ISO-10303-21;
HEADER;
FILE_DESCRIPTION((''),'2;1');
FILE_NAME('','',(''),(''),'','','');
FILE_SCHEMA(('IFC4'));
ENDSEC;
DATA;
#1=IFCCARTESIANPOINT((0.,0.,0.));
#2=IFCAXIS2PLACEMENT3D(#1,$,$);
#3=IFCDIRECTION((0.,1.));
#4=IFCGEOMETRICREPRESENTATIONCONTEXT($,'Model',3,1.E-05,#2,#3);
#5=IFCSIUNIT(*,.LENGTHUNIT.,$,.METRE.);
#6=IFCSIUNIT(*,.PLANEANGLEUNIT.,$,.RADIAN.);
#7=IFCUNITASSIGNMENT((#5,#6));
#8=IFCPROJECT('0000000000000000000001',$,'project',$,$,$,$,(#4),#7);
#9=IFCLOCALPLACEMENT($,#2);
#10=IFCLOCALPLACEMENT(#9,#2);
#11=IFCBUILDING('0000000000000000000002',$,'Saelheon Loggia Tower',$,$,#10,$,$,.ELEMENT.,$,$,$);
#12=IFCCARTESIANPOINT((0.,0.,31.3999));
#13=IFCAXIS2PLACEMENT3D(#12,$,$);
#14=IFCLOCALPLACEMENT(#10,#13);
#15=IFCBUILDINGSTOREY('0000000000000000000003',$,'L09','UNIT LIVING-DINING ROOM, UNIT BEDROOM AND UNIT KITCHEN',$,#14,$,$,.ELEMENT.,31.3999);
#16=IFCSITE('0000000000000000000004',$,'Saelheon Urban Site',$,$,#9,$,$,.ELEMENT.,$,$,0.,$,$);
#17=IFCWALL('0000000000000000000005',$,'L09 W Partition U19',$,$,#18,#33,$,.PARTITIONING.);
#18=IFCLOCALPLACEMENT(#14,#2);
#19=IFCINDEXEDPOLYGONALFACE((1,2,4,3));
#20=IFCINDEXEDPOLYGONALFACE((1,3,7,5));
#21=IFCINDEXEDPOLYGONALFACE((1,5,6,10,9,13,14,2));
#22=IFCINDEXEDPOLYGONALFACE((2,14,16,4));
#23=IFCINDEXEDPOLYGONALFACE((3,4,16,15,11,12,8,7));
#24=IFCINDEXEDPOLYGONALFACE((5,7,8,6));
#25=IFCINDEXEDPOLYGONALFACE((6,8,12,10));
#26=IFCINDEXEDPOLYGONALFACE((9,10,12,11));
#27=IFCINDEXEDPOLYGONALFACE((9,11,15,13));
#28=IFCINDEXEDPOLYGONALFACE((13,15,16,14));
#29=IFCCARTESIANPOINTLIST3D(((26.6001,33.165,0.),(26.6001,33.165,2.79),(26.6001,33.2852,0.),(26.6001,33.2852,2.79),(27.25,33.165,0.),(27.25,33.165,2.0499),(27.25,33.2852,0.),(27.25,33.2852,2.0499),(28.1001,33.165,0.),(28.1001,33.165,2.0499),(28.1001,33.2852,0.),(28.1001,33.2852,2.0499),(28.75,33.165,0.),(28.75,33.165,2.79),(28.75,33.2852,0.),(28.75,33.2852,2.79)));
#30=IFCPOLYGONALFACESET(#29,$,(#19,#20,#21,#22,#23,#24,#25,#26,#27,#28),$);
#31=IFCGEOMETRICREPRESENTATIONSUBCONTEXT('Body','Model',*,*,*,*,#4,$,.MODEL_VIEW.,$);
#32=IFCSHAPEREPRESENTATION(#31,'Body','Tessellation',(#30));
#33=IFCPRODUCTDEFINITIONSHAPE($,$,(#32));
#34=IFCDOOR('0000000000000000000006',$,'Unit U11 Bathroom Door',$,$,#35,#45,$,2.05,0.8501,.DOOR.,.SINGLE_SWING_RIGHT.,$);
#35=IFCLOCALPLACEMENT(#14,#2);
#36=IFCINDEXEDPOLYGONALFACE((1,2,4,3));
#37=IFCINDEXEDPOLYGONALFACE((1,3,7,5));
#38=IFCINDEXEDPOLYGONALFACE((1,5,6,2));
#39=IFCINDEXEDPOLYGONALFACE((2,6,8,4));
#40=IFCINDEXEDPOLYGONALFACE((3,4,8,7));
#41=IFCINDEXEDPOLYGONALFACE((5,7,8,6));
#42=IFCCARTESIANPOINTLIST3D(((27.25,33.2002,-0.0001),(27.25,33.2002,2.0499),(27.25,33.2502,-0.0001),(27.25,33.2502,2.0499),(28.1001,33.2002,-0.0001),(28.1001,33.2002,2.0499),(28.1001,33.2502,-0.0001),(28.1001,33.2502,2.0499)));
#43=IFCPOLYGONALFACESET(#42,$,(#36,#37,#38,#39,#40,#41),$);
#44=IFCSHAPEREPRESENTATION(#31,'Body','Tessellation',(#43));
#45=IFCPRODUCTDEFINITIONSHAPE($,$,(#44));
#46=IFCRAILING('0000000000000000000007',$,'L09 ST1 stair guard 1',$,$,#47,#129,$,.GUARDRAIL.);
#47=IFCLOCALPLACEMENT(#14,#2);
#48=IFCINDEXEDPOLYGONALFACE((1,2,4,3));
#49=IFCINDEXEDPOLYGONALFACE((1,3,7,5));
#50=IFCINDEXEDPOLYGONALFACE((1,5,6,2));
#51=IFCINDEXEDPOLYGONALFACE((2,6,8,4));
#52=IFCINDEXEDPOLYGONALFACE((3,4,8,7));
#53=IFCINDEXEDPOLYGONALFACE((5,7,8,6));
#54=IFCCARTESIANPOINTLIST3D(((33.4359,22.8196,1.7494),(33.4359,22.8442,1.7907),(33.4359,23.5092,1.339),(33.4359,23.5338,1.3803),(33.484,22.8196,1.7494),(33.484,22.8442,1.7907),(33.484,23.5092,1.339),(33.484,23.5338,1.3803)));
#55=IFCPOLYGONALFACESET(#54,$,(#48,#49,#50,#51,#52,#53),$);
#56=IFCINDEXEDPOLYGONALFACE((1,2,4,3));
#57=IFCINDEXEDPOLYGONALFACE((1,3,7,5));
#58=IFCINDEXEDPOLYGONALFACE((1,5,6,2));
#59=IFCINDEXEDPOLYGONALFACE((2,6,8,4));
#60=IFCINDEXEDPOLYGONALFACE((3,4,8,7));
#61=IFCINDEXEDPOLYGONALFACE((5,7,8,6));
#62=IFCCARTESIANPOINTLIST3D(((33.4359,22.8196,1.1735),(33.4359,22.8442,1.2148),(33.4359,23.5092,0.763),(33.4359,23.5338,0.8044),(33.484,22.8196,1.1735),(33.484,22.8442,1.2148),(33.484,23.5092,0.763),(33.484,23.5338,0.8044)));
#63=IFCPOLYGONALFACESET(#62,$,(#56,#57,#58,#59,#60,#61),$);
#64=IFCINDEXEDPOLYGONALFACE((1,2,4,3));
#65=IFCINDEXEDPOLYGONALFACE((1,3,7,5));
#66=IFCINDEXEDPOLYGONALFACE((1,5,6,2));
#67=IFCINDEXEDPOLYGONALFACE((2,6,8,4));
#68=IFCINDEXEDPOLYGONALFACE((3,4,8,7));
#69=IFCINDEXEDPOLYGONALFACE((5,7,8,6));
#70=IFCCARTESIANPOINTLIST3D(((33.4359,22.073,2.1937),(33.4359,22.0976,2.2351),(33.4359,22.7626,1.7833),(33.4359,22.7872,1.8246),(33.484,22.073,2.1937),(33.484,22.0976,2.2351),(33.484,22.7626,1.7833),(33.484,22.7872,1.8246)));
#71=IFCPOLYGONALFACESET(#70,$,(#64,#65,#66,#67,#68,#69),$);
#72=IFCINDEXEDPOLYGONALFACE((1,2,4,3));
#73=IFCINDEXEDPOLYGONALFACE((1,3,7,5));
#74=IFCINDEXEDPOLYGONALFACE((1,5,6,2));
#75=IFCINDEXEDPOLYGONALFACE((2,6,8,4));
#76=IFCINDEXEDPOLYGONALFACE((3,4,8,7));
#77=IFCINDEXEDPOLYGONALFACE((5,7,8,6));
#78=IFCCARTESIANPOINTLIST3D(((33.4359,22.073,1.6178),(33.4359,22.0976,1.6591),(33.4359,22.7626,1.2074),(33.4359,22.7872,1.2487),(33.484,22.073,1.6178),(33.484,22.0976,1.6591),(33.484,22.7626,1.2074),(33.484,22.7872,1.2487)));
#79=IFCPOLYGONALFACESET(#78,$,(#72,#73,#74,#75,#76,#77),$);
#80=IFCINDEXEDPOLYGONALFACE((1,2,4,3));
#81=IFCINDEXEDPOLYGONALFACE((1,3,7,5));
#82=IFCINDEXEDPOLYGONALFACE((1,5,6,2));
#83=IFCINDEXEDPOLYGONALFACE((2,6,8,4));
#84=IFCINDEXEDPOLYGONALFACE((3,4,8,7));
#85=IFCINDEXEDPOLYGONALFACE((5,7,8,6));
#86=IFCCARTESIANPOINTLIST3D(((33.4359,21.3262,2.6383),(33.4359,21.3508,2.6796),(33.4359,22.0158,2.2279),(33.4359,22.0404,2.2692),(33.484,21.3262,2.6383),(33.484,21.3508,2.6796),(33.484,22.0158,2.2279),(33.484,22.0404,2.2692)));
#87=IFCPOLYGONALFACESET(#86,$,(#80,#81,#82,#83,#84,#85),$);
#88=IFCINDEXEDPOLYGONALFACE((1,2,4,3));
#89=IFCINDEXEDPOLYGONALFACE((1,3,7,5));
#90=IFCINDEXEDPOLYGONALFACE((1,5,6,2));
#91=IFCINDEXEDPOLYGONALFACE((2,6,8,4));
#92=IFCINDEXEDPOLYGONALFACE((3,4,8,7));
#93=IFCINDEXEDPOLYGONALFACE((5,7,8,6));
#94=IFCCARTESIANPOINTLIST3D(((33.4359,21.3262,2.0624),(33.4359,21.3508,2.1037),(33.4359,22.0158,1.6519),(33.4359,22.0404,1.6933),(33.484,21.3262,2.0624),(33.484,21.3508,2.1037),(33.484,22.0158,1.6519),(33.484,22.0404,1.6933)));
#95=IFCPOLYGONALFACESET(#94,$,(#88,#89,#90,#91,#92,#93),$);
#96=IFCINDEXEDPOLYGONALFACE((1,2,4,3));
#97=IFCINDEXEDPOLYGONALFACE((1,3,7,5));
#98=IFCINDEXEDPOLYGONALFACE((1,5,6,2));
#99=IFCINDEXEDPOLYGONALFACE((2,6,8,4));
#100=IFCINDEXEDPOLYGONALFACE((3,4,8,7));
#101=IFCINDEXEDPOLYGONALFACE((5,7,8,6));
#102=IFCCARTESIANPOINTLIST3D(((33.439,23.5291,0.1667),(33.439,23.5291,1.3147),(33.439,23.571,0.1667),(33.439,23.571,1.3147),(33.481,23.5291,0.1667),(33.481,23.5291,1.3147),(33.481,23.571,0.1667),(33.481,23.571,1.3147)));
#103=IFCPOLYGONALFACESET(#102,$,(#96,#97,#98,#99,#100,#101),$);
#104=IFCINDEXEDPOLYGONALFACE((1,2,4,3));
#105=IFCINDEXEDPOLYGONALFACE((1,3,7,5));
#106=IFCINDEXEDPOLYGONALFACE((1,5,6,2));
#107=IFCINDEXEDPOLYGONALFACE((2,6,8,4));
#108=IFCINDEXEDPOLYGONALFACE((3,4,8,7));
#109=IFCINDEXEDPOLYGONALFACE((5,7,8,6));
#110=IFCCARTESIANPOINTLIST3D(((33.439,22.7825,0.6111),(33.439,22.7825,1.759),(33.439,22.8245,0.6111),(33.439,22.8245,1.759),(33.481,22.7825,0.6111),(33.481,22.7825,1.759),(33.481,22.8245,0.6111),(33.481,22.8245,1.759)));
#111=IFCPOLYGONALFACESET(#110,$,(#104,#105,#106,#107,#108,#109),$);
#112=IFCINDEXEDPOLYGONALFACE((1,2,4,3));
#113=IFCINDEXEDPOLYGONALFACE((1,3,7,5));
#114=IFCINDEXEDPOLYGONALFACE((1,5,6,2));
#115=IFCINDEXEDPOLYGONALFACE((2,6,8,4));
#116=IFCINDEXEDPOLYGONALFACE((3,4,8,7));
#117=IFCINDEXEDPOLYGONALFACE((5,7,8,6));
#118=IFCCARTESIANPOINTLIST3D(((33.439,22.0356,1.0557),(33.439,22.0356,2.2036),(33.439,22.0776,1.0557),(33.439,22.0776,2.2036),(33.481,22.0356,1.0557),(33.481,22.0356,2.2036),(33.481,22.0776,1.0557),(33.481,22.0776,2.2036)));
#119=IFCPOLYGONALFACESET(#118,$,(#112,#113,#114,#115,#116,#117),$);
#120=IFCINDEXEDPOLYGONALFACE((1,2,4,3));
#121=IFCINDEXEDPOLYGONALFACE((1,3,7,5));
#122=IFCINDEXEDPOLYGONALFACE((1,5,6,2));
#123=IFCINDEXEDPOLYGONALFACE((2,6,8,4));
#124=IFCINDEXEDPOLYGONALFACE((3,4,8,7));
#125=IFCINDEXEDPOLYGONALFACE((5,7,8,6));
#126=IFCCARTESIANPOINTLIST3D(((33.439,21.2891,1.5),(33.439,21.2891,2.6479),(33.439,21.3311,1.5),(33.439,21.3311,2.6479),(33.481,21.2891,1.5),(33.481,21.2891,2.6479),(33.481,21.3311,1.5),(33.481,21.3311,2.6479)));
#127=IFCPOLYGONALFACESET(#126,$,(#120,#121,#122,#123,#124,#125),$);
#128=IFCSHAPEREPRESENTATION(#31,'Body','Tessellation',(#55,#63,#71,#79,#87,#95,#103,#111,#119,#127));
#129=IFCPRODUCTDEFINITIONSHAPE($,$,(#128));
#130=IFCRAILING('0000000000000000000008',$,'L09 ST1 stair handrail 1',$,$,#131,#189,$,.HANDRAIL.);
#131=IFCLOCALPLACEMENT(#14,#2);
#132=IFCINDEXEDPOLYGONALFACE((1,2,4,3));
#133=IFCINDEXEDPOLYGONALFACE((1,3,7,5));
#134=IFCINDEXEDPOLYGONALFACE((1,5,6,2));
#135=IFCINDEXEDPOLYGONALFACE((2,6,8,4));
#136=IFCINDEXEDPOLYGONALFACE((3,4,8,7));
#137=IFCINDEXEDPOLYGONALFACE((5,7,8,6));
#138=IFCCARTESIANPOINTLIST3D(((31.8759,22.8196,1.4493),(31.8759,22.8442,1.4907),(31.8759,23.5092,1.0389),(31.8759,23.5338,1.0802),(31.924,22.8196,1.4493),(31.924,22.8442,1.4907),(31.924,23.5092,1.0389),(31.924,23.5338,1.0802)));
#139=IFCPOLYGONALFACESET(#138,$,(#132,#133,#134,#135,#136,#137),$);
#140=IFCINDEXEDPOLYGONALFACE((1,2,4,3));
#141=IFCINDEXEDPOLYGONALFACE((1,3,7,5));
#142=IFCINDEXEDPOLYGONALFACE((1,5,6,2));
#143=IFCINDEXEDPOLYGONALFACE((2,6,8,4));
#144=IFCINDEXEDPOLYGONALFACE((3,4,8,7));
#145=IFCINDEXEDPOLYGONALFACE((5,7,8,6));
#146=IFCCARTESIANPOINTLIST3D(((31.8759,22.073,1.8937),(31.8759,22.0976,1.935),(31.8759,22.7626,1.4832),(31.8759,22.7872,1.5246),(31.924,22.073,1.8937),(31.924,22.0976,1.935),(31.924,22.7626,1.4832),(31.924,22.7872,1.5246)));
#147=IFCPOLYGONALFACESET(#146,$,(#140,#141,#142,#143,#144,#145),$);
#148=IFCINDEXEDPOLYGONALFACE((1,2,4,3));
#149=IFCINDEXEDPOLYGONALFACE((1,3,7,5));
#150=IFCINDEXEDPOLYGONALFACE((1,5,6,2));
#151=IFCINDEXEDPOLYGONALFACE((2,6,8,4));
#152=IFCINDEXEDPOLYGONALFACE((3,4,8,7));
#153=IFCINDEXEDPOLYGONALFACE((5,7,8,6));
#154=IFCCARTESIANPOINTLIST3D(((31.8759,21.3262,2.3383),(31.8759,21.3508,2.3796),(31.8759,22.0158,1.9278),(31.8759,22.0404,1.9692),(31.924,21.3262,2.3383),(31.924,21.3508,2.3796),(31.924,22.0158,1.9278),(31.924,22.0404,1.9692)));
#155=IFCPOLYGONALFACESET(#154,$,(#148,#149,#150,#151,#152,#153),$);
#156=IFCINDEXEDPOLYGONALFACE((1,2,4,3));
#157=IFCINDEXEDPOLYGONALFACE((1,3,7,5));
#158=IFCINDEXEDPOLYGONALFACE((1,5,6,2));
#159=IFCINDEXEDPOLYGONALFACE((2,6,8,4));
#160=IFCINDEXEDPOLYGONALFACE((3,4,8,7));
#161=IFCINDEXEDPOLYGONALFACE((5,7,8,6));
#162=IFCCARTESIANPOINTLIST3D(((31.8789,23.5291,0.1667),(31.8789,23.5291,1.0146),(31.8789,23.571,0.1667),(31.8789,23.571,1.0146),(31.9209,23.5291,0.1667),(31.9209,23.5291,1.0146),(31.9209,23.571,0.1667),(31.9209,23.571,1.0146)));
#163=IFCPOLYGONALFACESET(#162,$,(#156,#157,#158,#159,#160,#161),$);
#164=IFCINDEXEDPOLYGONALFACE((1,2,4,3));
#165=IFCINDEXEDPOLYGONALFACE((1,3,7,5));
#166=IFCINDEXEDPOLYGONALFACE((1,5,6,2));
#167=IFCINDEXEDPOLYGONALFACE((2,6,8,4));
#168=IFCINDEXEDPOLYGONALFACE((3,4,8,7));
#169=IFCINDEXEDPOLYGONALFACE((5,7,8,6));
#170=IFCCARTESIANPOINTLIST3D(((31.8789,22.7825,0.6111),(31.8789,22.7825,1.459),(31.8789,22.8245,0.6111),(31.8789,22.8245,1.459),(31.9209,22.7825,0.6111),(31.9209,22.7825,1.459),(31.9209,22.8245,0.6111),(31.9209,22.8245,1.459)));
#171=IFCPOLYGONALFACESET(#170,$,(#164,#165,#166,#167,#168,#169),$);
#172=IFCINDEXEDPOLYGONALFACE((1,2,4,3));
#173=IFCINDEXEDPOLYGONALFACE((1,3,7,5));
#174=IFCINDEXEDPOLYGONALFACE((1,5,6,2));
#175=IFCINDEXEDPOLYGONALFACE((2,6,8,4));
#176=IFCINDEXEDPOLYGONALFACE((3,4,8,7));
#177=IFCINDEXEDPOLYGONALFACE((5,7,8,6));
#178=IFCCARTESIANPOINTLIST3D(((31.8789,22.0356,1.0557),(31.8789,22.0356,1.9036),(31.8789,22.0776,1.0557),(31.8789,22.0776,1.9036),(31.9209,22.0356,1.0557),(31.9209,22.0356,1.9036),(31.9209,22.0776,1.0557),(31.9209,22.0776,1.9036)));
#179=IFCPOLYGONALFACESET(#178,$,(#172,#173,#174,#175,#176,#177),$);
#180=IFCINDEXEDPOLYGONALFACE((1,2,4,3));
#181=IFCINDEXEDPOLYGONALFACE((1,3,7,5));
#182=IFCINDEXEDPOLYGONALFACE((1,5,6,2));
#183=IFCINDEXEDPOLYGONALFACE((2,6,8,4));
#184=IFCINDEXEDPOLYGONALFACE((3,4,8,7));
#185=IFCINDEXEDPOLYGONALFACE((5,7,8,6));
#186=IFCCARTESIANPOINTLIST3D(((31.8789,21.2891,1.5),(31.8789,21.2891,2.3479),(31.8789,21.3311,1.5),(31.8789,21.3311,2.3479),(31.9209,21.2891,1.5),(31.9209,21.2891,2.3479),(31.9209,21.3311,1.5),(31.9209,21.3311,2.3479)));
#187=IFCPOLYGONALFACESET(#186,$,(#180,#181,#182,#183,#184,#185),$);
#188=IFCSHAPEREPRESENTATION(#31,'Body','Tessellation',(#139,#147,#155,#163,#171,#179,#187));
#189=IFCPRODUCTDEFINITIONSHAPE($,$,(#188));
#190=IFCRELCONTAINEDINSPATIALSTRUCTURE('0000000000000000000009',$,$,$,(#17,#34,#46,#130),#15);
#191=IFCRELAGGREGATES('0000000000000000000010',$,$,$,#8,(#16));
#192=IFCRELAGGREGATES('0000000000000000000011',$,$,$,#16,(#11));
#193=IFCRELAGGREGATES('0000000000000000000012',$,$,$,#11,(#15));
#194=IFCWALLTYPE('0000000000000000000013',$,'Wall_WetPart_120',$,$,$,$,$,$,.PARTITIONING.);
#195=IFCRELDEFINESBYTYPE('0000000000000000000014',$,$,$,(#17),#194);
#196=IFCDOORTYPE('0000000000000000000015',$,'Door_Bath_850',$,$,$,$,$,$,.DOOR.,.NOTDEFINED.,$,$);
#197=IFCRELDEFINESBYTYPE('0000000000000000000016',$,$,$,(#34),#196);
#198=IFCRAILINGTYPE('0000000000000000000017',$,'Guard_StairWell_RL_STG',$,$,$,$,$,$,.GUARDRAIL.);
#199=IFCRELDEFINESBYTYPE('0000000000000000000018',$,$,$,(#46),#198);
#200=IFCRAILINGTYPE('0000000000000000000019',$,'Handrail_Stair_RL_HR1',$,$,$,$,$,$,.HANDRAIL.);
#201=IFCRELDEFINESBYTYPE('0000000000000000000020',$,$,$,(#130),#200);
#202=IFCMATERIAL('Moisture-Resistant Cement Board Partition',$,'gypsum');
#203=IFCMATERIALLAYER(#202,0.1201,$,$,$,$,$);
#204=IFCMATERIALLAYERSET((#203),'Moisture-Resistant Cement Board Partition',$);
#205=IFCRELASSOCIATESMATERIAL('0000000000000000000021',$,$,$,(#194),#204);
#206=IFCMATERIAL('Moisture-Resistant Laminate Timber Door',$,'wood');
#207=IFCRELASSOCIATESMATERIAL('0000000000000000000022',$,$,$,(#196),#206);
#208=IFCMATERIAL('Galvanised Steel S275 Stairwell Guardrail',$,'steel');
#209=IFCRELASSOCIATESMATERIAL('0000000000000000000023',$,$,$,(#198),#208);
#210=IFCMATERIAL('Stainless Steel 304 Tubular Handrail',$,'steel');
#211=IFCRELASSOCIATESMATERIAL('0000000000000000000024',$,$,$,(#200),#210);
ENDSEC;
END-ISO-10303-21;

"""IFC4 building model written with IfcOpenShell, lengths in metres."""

from ifc_helpers import new_model, si_unit, direction, frame, frame_2d, origin, origin_2d, place, context, subcontext, project, spatial, rectangle, extrude, source, transform, mapped, material, layer, layer_set, type_object, element, fill, save


model = new_model("IFC4")

# Units and contexts
model_context = context("Model", 3, precision=1e-05, world=origin(), true_north=direction((0.0, 1.0)))
body_context = subcontext(model_context, "Body", "Model", "MODEL_VIEW")
ifc_project = project(units=[si_unit("LENGTHUNIT", "METRE"), si_unit("PLANEANGLEUNIT", "RADIAN")], contexts=[model_context])

# Site, building, storey
site_placement = place(None, origin())
site = spatial("IfcSite", under=ifc_project, at=site_placement, Name="Saelheon Urban Site", CompositionType="ELEMENT", RefElevation=0.0)
building_placement = place(site_placement, origin())
building = spatial("IfcBuilding", under=site, at=building_placement, Name="Saelheon Loggia Tower", CompositionType="ELEMENT")
storey_placement = place(building_placement, frame((0.0, 0.0, 31.3999)))
storey = spatial("IfcBuildingStorey", under=building, at=storey_placement, Name="L09", Description="UNIT LIVING-DINING ROOM, UNIT BEDROOM AND UNIT KITCHEN", CompositionType="ELEMENT", Elevation=31.3999)

# Wall, opening, door
ifc_material_1 = material(Name="Moisture-Resistant Cement Board Partition", Category="gypsum")
ifc_layer_1 = layer(ifc_material_1, 0.1201)
ifc_layer_set_1 = layer_set([ifc_layer_1], Name="Moisture-Resistant Cement Board Partition")
wall_type_1 = type_object("IfcWallType", Name="Wall_WetPart_120", PredefinedType="PARTITIONING", material=ifc_layer_set_1)
ifc_material_2 = material(Name="Moisture-Resistant Laminate Timber Door", Category="wood")
door_type_1 = type_object("IfcDoorType", Name="Door_Bath_850", OperationType="NOTDEFINED", PredefinedType="DOOR", material=ifc_material_2)
shared_shape_1 = source(origin(), body_context, "Body", "SweptSolid", [
    extrude(rectangle(XDim=0.8501, YDim=2.05, at=frame_2d((0.425, 1.0249))), frame((0.0, 0.0249, 0.0), z_axis=(0.0, -1.0, 0.0), x_axis=(1.0, 0.0, 0.0)), (0.0, 0.0, 1.0), 0.05),
])
wall_1_placement = place(storey_placement, frame((28.75, 33.2251, 0.0), z_axis=(0.0, 0.0, 1.0), x_axis=(-1.0, 0.0, 0.0)))
wall_1 = element("IfcWall", 1, at=wall_1_placement, inside=storey, type_object=wall_type_1, Name="L09 W Partition U19", PredefinedType="PARTITIONING", context=body_context, shape_type="SweptSolid", body=[
    extrude(rectangle(XDim=2.1499, YDim=0.1201, at=frame_2d((1.075, 0.0))), origin(), (0.0, 0.0, 1.0), 2.79),
])
opening_1_placement = place(wall_1_placement, frame((0.6499, 0.0, 0.0)))
opening_1 = element("IfcOpeningElement", 2, at=opening_1_placement, cuts=wall_1, PredefinedType="OPENING", context=body_context, shape_type="SweptSolid", body=[
    extrude(rectangle(XDim=0.8501, YDim=2.05, at=frame_2d((0.425, 1.0249))), frame((0.0, 0.072, 0.0), z_axis=(0.0, -1.0, 0.0), x_axis=(1.0, 0.0, 0.0)), (0.0, 0.0, 1.0), 0.144),
])
door_1_placement = place(opening_1_placement, origin())
door_1 = element("IfcDoor", 3, at=door_1_placement, inside=storey, type_object=door_type_1, Name="Unit U11 Bathroom Door", OperationType="SINGLE_SWING_RIGHT", OverallHeight=2.05, OverallWidth=0.8501, PredefinedType="DOOR", context=body_context, shape_type="MappedRepresentation", body=[
    mapped(shared_shape_1, transform((0.0, 0.0, 0.0), scale=1.0)),
])
fill(opening_1, door_1)

# Railings
ifc_material_3 = material(Name="Galvanised Steel S275 Stairwell Guardrail", Category="steel")
railing_type_1 = type_object("IfcRailingType", Name="Guard_StairWell_RL_STG", PredefinedType="GUARDRAIL", material=ifc_material_3)
railing_1_placement = place(storey_placement, frame((33.46, 23.55, 0.1667)))
element("IfcRailing", 4, at=railing_1_placement, inside=storey, type_object=railing_type_1, Name="L09 ST1 stair guard 1", PredefinedType="GUARDRAIL", context=body_context, shape_type="SweptSolid", body=[
    extrude(rectangle(XDim=0.0481, YDim=0.0481, at=origin_2d()), frame((0.0, -0.0286, 1.1929), z_axis=(0.0, -0.859306, 0.511462), x_axis=(1.0, 0.0, 0.0)), (0.0, 0.0, 1.0), 0.8025),
    extrude(rectangle(XDim=0.0481, YDim=0.0481, at=origin_2d()), frame((0.0, -0.0286, 0.6169), z_axis=(0.0, -0.859306, 0.511462), x_axis=(1.0, 0.0, 0.0)), (0.0, 0.0, 1.0), 0.8025),
    extrude(rectangle(XDim=0.0481, YDim=0.0481, at=origin_2d()), frame((0.0, -0.7751, 1.6372), z_axis=(0.0, -0.859306, 0.511462), x_axis=(1.0, 0.0, 0.0)), (0.0, 0.0, 1.0), 0.8025),
    extrude(rectangle(XDim=0.0481, YDim=0.0481, at=origin_2d()), frame((0.0, -0.7751, 1.0613), z_axis=(0.0, -0.859306, 0.511462), x_axis=(1.0, 0.0, 0.0)), (0.0, 0.0, 1.0), 0.8025),
    extrude(rectangle(XDim=0.0481, YDim=0.0481, at=origin_2d()), frame((0.0, -1.522, 2.0818), z_axis=(0.0, -0.859306, 0.511462), x_axis=(1.0, 0.0, 0.0)), (0.0, 0.0, 1.0), 0.8025),
    extrude(rectangle(XDim=0.0481, YDim=0.0481, at=origin_2d()), frame((0.0, -1.522, 1.5059), z_axis=(0.0, -0.859306, 0.511462), x_axis=(1.0, 0.0, 0.0)), (0.0, 0.0, 1.0), 0.8025),
    extrude(rectangle(XDim=0.042, YDim=0.042, at=origin_2d()), origin(), (0.0, 0.0, 1.0), 1.1479),
    extrude(rectangle(XDim=0.042, YDim=0.042, at=origin_2d()), frame((0.0, -0.7466, 0.4443)), (0.0, 0.0, 1.0), 1.1479),
    extrude(rectangle(XDim=0.042, YDim=0.042, at=origin_2d()), frame((0.0, -1.4934, 0.8889)), (0.0, 0.0, 1.0), 1.1479),
    extrude(rectangle(XDim=0.042, YDim=0.042, at=origin_2d()), frame((0.0, -2.24, 1.3333)), (0.0, 0.0, 1.0), 1.1479),
])
ifc_material_4 = material(Name="Stainless Steel 304 Tubular Handrail", Category="steel")
railing_type_2 = type_object("IfcRailingType", Name="Handrail_Stair_RL_HR1", PredefinedType="HANDRAIL", material=ifc_material_4)
railing_2_placement = place(storey_placement, frame((31.8999, 23.55, 0.1667)))
element("IfcRailing", 5, at=railing_2_placement, inside=storey, type_object=railing_type_2, Name="L09 ST1 stair handrail 1", PredefinedType="HANDRAIL", context=body_context, shape_type="SweptSolid", body=[
    extrude(rectangle(XDim=0.0481, YDim=0.0481, at=origin_2d()), frame((0.0, -0.0286, 0.8928), z_axis=(0.0, -0.859306, 0.511462), x_axis=(1.0, 0.0, 0.0)), (0.0, 0.0, 1.0), 0.8025),
    extrude(rectangle(XDim=0.0481, YDim=0.0481, at=origin_2d()), frame((0.0, -0.7751, 1.3372), z_axis=(0.0, -0.859306, 0.511462), x_axis=(1.0, 0.0, 0.0)), (0.0, 0.0, 1.0), 0.8025),
    extrude(rectangle(XDim=0.0481, YDim=0.0481, at=origin_2d()), frame((0.0, -1.522, 1.7817), z_axis=(0.0, -0.859306, 0.511462), x_axis=(1.0, 0.0, 0.0)), (0.0, 0.0, 1.0), 0.8025),
    extrude(rectangle(XDim=0.042, YDim=0.042, at=origin_2d()), origin(), (0.0, 0.0, 1.0), 0.8479),
    extrude(rectangle(XDim=0.042, YDim=0.042, at=origin_2d()), frame((0.0, -0.7466, 0.4443)), (0.0, 0.0, 1.0), 0.8479),
    extrude(rectangle(XDim=0.042, YDim=0.042, at=origin_2d()), frame((0.0, -1.4934, 0.8889)), (0.0, 0.0, 1.0), 0.8479),
    extrude(rectangle(XDim=0.042, YDim=0.042, at=origin_2d()), frame((0.0, -2.24, 1.3333)), (0.0, 0.0, 1.0), 0.8479),
])

save(model, "model.ifc")
